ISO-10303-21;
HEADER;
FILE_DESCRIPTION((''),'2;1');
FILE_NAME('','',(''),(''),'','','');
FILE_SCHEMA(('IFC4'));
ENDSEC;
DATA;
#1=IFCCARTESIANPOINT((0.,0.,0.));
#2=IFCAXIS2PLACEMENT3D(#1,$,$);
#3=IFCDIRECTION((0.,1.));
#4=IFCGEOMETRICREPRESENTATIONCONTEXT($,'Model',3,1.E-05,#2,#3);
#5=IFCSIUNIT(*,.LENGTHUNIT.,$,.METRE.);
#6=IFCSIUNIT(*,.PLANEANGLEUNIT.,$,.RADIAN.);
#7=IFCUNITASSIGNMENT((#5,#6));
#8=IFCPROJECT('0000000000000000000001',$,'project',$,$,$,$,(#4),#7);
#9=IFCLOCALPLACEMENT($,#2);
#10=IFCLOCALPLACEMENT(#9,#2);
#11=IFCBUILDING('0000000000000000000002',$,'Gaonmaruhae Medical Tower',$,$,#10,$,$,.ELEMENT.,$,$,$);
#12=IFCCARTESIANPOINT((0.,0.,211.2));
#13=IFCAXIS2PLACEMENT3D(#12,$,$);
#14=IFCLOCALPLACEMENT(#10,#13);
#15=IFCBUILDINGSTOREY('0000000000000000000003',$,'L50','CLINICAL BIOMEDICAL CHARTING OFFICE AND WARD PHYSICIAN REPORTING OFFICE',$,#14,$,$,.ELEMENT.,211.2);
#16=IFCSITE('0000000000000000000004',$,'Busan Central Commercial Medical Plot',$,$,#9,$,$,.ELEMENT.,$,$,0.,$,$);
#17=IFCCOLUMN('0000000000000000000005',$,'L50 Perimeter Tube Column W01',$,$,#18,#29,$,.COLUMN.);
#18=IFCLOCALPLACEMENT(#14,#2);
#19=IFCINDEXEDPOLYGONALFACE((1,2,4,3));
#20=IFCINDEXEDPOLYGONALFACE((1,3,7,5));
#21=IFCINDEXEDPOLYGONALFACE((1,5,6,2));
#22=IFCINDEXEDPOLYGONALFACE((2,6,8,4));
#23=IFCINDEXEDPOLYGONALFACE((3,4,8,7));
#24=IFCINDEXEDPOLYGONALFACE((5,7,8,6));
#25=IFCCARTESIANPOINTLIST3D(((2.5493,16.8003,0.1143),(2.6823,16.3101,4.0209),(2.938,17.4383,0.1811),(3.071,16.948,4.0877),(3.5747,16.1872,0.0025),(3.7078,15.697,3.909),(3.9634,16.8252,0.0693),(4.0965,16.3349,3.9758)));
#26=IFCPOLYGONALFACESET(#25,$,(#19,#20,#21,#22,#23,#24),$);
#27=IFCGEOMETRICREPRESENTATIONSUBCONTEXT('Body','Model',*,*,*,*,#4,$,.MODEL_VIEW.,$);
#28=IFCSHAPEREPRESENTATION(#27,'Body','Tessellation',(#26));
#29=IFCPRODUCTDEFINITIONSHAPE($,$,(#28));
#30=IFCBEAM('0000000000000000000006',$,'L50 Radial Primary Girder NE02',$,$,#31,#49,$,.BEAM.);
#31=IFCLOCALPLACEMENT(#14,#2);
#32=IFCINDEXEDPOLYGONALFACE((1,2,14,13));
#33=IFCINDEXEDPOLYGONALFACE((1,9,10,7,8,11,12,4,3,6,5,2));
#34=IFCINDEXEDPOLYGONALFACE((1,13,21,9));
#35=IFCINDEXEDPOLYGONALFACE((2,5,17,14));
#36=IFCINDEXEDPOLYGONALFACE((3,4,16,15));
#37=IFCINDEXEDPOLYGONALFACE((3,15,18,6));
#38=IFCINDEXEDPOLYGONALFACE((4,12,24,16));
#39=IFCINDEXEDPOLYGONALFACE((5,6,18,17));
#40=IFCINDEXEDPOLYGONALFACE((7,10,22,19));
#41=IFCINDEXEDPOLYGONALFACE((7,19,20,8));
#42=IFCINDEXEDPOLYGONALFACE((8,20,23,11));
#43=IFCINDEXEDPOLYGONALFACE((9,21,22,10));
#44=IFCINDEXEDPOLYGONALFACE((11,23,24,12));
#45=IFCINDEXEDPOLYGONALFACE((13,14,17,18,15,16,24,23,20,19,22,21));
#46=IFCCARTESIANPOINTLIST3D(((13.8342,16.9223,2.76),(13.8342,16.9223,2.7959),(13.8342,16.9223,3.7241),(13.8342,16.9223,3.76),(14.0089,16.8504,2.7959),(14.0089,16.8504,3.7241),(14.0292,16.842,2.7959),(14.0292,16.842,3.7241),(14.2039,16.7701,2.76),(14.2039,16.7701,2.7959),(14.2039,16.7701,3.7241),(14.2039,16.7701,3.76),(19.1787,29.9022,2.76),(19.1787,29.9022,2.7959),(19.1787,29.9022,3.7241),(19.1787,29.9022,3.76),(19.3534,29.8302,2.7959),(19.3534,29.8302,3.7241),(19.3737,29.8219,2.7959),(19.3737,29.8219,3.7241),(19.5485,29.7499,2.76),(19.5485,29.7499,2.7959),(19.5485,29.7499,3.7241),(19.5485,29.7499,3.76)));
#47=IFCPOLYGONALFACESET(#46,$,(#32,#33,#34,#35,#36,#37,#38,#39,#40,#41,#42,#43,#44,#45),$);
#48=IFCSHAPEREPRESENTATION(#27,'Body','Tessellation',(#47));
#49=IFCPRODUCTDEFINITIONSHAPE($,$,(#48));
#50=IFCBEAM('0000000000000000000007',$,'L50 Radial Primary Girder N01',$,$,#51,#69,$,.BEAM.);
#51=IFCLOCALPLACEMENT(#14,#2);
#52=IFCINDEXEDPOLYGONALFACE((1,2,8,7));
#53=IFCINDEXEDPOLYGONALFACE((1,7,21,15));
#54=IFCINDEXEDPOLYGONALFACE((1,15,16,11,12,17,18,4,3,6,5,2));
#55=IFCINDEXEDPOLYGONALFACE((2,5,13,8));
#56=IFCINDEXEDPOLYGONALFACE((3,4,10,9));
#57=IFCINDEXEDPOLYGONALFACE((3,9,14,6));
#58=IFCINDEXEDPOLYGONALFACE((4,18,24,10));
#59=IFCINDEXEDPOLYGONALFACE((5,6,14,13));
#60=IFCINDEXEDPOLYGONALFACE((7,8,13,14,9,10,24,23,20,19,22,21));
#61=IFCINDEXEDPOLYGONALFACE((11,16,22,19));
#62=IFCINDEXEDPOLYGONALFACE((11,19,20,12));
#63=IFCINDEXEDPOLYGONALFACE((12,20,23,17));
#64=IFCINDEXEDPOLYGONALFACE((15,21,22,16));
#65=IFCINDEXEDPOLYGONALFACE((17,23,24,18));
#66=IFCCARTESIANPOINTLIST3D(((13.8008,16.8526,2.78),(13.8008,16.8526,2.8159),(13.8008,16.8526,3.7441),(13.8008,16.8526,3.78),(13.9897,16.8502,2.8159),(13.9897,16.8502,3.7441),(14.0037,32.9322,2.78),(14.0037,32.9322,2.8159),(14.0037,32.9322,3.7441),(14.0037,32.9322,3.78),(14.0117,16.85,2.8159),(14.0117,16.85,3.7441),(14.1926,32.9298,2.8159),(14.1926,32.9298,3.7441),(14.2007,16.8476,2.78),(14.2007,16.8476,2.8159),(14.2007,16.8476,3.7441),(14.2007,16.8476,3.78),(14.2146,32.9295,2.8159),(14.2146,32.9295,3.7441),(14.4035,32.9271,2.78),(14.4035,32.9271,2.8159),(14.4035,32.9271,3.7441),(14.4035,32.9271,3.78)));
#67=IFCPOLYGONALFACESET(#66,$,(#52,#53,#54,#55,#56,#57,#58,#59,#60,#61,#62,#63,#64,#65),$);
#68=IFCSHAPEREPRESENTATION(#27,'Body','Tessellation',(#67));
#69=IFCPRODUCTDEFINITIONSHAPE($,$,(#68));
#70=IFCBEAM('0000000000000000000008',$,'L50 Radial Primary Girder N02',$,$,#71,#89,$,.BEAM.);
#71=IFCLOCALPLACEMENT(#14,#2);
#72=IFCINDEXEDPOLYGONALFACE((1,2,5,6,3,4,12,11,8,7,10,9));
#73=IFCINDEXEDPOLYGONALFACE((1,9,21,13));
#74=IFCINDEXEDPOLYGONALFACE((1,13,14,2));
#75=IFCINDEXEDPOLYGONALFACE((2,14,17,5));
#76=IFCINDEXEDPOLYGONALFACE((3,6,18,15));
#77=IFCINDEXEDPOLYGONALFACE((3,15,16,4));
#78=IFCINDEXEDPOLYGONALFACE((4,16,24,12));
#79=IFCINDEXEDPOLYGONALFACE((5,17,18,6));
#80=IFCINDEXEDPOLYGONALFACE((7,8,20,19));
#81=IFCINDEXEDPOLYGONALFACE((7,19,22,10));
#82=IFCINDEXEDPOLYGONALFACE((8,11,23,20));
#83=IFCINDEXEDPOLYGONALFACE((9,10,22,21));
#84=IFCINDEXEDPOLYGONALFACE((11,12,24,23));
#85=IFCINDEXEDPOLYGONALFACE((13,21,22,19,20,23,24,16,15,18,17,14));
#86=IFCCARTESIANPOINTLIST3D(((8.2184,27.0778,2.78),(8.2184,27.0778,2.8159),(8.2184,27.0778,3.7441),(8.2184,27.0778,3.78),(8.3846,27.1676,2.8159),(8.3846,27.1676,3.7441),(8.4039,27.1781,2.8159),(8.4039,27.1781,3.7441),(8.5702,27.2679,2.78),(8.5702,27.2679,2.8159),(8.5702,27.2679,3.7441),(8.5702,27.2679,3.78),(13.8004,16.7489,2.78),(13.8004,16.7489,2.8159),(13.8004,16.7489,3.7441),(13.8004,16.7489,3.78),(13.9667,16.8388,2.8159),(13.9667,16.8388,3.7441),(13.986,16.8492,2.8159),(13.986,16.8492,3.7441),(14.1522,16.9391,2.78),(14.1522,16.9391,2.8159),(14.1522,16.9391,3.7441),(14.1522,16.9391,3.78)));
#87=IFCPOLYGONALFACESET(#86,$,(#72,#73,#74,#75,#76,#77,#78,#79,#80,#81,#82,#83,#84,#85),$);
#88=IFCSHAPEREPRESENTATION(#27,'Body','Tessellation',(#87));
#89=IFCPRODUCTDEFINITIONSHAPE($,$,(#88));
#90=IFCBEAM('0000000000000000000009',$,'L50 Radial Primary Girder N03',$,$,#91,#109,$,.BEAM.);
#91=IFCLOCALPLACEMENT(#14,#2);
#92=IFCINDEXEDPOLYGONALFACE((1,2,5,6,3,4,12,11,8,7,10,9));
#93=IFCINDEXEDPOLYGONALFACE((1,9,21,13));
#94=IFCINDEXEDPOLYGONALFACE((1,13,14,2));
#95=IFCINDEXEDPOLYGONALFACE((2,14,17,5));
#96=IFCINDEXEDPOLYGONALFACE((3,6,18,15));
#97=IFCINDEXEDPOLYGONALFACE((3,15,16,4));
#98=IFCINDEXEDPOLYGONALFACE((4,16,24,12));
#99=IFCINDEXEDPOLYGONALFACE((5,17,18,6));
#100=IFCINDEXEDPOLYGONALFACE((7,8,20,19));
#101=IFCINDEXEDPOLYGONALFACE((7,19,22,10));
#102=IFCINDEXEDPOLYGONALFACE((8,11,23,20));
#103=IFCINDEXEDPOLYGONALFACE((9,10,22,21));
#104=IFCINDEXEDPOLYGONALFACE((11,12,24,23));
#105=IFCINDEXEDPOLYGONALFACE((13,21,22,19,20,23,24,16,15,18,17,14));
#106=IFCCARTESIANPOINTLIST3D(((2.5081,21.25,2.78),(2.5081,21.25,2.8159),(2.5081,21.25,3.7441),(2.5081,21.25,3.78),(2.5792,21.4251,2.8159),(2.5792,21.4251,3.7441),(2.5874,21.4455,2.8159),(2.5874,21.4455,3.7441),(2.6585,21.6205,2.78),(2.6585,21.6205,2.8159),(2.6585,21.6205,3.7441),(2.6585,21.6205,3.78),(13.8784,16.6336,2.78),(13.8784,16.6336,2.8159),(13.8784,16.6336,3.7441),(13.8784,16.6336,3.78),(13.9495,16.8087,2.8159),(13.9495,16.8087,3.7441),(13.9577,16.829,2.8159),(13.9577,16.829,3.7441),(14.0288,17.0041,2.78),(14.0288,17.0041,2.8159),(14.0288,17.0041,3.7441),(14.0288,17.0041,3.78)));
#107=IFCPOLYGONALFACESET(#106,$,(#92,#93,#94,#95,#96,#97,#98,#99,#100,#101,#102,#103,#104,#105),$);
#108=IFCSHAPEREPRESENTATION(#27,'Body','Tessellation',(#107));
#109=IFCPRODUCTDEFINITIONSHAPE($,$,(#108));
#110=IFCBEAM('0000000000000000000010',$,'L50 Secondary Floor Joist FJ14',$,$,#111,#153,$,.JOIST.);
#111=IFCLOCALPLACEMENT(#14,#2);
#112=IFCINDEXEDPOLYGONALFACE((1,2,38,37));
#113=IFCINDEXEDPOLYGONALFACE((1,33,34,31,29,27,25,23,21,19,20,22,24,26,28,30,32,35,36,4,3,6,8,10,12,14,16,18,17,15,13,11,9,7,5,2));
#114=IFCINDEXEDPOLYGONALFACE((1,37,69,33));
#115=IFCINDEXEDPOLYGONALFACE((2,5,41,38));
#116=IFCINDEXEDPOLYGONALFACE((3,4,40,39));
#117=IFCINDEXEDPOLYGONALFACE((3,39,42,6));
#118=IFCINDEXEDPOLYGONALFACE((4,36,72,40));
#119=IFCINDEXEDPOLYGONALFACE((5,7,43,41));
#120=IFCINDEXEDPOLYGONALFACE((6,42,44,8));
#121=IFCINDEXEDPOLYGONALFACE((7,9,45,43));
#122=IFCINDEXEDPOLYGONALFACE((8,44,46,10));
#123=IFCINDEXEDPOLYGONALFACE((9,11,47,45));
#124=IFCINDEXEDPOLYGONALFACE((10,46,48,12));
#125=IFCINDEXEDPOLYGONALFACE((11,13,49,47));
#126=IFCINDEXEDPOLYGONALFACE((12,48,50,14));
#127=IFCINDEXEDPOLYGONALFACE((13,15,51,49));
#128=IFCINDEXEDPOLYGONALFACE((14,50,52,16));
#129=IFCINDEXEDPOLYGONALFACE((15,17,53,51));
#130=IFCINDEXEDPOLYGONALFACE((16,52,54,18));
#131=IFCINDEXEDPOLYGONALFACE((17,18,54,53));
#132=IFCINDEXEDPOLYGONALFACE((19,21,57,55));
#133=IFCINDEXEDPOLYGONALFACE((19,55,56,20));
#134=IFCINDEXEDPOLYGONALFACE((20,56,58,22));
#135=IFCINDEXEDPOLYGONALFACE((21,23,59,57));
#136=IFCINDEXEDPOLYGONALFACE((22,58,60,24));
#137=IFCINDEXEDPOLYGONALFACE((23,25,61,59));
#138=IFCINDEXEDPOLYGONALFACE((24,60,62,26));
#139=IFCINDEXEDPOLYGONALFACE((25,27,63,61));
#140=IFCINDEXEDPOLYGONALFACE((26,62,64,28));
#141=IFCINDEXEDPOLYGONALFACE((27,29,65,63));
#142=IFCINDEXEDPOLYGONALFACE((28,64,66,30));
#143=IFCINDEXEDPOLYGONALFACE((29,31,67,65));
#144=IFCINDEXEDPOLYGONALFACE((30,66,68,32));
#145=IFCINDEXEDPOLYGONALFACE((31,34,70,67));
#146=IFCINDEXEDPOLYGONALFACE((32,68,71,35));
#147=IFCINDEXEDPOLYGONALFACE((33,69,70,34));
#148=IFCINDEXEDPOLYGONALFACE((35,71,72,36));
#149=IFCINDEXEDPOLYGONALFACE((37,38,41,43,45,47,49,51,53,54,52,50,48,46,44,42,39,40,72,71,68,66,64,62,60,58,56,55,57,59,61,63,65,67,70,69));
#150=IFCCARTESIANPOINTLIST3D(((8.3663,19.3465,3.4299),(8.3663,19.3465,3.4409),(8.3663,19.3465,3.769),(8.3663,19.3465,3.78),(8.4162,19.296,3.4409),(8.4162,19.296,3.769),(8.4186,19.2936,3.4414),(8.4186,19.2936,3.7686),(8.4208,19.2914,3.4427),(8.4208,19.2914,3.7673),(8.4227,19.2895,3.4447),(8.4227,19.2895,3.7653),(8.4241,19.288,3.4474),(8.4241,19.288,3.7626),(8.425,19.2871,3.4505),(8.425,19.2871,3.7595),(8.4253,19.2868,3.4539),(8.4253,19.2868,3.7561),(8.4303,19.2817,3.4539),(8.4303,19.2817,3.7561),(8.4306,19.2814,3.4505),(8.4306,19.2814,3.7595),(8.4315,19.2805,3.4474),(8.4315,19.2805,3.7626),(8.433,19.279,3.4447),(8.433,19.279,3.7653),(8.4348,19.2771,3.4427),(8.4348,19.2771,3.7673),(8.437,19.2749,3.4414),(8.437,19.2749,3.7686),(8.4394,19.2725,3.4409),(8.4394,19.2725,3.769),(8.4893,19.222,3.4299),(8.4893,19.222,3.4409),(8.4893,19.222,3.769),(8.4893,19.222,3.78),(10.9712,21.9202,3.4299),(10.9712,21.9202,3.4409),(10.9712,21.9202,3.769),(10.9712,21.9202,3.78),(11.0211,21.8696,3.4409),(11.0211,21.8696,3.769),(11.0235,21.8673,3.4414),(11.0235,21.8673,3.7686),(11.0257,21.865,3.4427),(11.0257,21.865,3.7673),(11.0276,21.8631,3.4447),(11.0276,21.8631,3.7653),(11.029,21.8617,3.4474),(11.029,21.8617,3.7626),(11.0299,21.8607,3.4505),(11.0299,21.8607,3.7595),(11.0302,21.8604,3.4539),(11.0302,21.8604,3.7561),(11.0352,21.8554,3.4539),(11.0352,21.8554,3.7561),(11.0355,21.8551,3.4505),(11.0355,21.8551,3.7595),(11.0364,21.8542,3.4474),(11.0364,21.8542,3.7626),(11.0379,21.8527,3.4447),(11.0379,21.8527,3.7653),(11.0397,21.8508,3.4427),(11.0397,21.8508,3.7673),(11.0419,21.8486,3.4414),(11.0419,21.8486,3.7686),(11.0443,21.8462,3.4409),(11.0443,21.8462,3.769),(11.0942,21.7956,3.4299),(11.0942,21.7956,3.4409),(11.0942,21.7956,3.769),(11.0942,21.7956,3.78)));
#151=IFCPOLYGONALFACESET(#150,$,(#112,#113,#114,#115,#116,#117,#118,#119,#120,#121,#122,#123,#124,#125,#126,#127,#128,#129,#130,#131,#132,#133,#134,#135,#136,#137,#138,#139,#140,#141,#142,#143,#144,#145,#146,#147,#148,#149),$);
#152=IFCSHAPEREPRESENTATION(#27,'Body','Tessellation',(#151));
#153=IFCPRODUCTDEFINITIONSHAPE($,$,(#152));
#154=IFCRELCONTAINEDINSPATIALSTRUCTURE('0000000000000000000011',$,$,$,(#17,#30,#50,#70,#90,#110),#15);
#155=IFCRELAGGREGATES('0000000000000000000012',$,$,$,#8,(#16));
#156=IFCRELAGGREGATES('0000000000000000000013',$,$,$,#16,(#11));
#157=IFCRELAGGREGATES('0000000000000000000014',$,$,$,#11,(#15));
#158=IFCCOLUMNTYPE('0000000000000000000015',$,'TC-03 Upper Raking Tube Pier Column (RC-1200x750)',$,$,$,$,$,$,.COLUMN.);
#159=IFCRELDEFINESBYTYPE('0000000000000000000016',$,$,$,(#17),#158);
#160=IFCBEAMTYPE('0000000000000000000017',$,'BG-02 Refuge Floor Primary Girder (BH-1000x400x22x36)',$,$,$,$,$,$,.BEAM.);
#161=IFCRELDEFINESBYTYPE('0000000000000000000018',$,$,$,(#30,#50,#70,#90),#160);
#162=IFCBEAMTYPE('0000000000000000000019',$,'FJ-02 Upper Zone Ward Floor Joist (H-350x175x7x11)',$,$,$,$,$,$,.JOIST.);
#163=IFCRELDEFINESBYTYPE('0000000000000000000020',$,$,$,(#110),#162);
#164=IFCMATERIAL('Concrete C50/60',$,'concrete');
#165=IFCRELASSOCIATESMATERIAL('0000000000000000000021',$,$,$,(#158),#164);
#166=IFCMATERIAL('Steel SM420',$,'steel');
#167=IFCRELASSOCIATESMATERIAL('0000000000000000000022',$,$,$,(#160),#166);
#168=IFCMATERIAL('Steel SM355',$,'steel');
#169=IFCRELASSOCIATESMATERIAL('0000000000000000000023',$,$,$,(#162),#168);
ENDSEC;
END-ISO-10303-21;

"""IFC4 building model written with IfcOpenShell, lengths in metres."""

from ifc_helpers import new_model, si_unit, direction, frame, origin, origin_2d, place, context, subcontext, project, spatial, rectangle, i_section, extrude, material, material_profile, profile_set, type_object, element, save


model = new_model("IFC4")

# Units and contexts
model_context = context("Model", 3, precision=1e-05, world=origin(), true_north=direction((0.0, 1.0)))
body_context = subcontext(model_context, "Body", "Model", "MODEL_VIEW")
ifc_project = project(units=[si_unit("LENGTHUNIT", "METRE"), si_unit("PLANEANGLEUNIT", "RADIAN")], contexts=[model_context])

# Site, building, storey
site_placement = place(None, origin())
site = spatial("IfcSite", under=ifc_project, at=site_placement, Name="Busan Central Commercial Medical Plot", CompositionType="ELEMENT", RefElevation=0.0)
building_placement = place(site_placement, origin())
building = spatial("IfcBuilding", under=site, at=building_placement, Name="Gaonmaruhae Medical Tower", CompositionType="ELEMENT")
storey_placement = place(building_placement, frame((0.0, 0.0, 211.2)))
storey = spatial("IfcBuildingStorey", under=building, at=storey_placement, Name="L50", Description="CLINICAL BIOMEDICAL CHARTING OFFICE AND WARD PHYSICIAN REPORTING OFFICE", CompositionType="ELEMENT", Elevation=211.2)

# Column
ifc_material_1 = material(Name="Concrete C50/60", Category="concrete")
ifc_material_profile_1 = material_profile(ifc_material_1, rectangle(XDim=1.2, YDim=0.75, at=origin_2d()), Name="RC-1200x750")
ifc_profile_set_1 = profile_set([ifc_material_profile_1], Name="Concrete C50/60")
column_type = type_object("IfcColumnType", Name="TC-03 Upper Raking Tube Pier Column (RC-1200x750)", PredefinedType="COLUMN", material=ifc_profile_set_1)
column_placement = place(storey_placement, frame((3.2563, 16.8127, 0.0918), z_axis=(0.033776, -0.124444, 0.991652), x_axis=(-0.854552, 0.510931, 0.093224)))
element("IfcColumn", 1, at=column_placement, inside=storey, type_object=column_type, Name="L50 Perimeter Tube Column W01", PredefinedType="COLUMN", context=body_context, shape_type="SweptSolid", body=[
    extrude(rectangle(XDim=1.2, YDim=0.75, at=origin_2d()), origin(), (0.0, 0.0, 1.0), 3.9395),
])

# Beams
ifc_material_2 = material(Name="Steel SM420", Category="steel")
ifc_material_profile_2 = material_profile(ifc_material_2, i_section(OverallWidth=0.3999, OverallDepth=1.0, WebThickness=0.022, FlangeThickness=0.0359, at=origin_2d()), Name="BH-1000x400x22x36")
ifc_profile_set_2 = profile_set([ifc_material_profile_2], Name="Steel SM420")
beam_type_1 = type_object("IfcBeamType", Name="BG-02 Refuge Floor Primary Girder (BH-1000x400x22x36)", PredefinedType="BEAM", material=ifc_profile_set_2)
beam_1_placement = place(storey_placement, frame((14.019, 16.8462, 3.26), z_axis=(0.380743, 0.924681, 0.0), x_axis=(-0.924681, 0.380743, 0.0)))
element("IfcBeam", 2, at=beam_1_placement, inside=storey, type_object=beam_type_1, Name="L50 Radial Primary Girder NE02", PredefinedType="BEAM", context=body_context, shape_type="SweptSolid", body=[
    extrude(i_section(OverallWidth=0.3999, OverallDepth=1.0, WebThickness=0.022, FlangeThickness=0.0359, at=origin_2d()), origin(), (0.0, 0.0, 1.0), 14.0371),
])
beam_2_placement = place(storey_placement, frame((14.0007, 16.8501, 3.28), z_axis=(0.012616, 0.99992, 0.0), x_axis=(-0.99992, 0.012616, 0.0)))
element("IfcBeam", 3, at=beam_2_placement, inside=storey, type_object=beam_type_1, Name="L50 Radial Primary Girder N01", PredefinedType="BEAM", context=body_context, shape_type="SweptSolid", body=[
    extrude(i_section(OverallWidth=0.3999, OverallDepth=1.0, WebThickness=0.022, FlangeThickness=0.0359, at=origin_2d()), origin(), (0.0, 0.0, 1.0), 16.0808),
])
beam_3_placement = place(storey_placement, frame((13.9763, 16.844, 3.28), z_axis=(-0.475442, 0.879747, 0.0), x_axis=(-0.879747, -0.475442, 0.0)))
element("IfcBeam", 4, at=beam_3_placement, inside=storey, type_object=beam_type_1, Name="L50 Radial Primary Girder N02", PredefinedType="BEAM", context=body_context, shape_type="SweptSolid", body=[
    extrude(i_section(OverallWidth=0.3999, OverallDepth=1.0, WebThickness=0.022, FlangeThickness=0.0359, at=origin_2d()), origin(), (0.0, 0.0, 1.0), 11.7407),
])
beam_4_placement = place(storey_placement, frame((13.9536, 16.8188, 3.28), z_axis=(-0.926545, 0.376184, 0.0), x_axis=(-0.376184, -0.926545, 0.0)))
element("IfcBeam", 5, at=beam_4_placement, inside=storey, type_object=beam_type_1, Name="L50 Radial Primary Girder N03", PredefinedType="BEAM", context=body_context, shape_type="SweptSolid", body=[
    extrude(i_section(OverallWidth=0.3999, OverallDepth=1.0, WebThickness=0.022, FlangeThickness=0.0359, at=origin_2d()), origin(), (0.0, 0.0, 1.0), 12.2717),
])
ifc_material_3 = material(Name="Steel SM355", Category="steel")
ifc_material_profile_3 = material_profile(ifc_material_3, i_section(OverallWidth=0.175, OverallDepth=0.3501, WebThickness=0.0071, FlangeThickness=0.011, FilletRadius=0.0129, at=origin_2d()), Name="H-350x175x7x11")
ifc_profile_set_3 = profile_set([ifc_material_profile_3], Name="Steel SM355")
beam_type_2 = type_object("IfcBeamType", Name="FJ-02 Upper Zone Ward Floor Joist (H-350x175x7x11)", PredefinedType="JOIST", material=ifc_profile_set_3)
beam_5_placement = place(storey_placement, frame((11.0327, 21.8579, 3.605), z_axis=(-0.711361, -0.702827, 0.0), x_axis=(0.702827, -0.711361, 0.0)))
element("IfcBeam", 6, at=beam_5_placement, inside=storey, type_object=beam_type_2, Name="L50 Secondary Floor Joist FJ14", PredefinedType="JOIST", context=body_context, shape_type="SweptSolid", body=[
    extrude(i_section(OverallWidth=0.175, OverallDepth=0.3501, WebThickness=0.0071, FlangeThickness=0.011, FilletRadius=0.0129, at=origin_2d()), origin(), (0.0, 0.0, 1.0), 3.6619),
])

save(model, "model.ifc")
